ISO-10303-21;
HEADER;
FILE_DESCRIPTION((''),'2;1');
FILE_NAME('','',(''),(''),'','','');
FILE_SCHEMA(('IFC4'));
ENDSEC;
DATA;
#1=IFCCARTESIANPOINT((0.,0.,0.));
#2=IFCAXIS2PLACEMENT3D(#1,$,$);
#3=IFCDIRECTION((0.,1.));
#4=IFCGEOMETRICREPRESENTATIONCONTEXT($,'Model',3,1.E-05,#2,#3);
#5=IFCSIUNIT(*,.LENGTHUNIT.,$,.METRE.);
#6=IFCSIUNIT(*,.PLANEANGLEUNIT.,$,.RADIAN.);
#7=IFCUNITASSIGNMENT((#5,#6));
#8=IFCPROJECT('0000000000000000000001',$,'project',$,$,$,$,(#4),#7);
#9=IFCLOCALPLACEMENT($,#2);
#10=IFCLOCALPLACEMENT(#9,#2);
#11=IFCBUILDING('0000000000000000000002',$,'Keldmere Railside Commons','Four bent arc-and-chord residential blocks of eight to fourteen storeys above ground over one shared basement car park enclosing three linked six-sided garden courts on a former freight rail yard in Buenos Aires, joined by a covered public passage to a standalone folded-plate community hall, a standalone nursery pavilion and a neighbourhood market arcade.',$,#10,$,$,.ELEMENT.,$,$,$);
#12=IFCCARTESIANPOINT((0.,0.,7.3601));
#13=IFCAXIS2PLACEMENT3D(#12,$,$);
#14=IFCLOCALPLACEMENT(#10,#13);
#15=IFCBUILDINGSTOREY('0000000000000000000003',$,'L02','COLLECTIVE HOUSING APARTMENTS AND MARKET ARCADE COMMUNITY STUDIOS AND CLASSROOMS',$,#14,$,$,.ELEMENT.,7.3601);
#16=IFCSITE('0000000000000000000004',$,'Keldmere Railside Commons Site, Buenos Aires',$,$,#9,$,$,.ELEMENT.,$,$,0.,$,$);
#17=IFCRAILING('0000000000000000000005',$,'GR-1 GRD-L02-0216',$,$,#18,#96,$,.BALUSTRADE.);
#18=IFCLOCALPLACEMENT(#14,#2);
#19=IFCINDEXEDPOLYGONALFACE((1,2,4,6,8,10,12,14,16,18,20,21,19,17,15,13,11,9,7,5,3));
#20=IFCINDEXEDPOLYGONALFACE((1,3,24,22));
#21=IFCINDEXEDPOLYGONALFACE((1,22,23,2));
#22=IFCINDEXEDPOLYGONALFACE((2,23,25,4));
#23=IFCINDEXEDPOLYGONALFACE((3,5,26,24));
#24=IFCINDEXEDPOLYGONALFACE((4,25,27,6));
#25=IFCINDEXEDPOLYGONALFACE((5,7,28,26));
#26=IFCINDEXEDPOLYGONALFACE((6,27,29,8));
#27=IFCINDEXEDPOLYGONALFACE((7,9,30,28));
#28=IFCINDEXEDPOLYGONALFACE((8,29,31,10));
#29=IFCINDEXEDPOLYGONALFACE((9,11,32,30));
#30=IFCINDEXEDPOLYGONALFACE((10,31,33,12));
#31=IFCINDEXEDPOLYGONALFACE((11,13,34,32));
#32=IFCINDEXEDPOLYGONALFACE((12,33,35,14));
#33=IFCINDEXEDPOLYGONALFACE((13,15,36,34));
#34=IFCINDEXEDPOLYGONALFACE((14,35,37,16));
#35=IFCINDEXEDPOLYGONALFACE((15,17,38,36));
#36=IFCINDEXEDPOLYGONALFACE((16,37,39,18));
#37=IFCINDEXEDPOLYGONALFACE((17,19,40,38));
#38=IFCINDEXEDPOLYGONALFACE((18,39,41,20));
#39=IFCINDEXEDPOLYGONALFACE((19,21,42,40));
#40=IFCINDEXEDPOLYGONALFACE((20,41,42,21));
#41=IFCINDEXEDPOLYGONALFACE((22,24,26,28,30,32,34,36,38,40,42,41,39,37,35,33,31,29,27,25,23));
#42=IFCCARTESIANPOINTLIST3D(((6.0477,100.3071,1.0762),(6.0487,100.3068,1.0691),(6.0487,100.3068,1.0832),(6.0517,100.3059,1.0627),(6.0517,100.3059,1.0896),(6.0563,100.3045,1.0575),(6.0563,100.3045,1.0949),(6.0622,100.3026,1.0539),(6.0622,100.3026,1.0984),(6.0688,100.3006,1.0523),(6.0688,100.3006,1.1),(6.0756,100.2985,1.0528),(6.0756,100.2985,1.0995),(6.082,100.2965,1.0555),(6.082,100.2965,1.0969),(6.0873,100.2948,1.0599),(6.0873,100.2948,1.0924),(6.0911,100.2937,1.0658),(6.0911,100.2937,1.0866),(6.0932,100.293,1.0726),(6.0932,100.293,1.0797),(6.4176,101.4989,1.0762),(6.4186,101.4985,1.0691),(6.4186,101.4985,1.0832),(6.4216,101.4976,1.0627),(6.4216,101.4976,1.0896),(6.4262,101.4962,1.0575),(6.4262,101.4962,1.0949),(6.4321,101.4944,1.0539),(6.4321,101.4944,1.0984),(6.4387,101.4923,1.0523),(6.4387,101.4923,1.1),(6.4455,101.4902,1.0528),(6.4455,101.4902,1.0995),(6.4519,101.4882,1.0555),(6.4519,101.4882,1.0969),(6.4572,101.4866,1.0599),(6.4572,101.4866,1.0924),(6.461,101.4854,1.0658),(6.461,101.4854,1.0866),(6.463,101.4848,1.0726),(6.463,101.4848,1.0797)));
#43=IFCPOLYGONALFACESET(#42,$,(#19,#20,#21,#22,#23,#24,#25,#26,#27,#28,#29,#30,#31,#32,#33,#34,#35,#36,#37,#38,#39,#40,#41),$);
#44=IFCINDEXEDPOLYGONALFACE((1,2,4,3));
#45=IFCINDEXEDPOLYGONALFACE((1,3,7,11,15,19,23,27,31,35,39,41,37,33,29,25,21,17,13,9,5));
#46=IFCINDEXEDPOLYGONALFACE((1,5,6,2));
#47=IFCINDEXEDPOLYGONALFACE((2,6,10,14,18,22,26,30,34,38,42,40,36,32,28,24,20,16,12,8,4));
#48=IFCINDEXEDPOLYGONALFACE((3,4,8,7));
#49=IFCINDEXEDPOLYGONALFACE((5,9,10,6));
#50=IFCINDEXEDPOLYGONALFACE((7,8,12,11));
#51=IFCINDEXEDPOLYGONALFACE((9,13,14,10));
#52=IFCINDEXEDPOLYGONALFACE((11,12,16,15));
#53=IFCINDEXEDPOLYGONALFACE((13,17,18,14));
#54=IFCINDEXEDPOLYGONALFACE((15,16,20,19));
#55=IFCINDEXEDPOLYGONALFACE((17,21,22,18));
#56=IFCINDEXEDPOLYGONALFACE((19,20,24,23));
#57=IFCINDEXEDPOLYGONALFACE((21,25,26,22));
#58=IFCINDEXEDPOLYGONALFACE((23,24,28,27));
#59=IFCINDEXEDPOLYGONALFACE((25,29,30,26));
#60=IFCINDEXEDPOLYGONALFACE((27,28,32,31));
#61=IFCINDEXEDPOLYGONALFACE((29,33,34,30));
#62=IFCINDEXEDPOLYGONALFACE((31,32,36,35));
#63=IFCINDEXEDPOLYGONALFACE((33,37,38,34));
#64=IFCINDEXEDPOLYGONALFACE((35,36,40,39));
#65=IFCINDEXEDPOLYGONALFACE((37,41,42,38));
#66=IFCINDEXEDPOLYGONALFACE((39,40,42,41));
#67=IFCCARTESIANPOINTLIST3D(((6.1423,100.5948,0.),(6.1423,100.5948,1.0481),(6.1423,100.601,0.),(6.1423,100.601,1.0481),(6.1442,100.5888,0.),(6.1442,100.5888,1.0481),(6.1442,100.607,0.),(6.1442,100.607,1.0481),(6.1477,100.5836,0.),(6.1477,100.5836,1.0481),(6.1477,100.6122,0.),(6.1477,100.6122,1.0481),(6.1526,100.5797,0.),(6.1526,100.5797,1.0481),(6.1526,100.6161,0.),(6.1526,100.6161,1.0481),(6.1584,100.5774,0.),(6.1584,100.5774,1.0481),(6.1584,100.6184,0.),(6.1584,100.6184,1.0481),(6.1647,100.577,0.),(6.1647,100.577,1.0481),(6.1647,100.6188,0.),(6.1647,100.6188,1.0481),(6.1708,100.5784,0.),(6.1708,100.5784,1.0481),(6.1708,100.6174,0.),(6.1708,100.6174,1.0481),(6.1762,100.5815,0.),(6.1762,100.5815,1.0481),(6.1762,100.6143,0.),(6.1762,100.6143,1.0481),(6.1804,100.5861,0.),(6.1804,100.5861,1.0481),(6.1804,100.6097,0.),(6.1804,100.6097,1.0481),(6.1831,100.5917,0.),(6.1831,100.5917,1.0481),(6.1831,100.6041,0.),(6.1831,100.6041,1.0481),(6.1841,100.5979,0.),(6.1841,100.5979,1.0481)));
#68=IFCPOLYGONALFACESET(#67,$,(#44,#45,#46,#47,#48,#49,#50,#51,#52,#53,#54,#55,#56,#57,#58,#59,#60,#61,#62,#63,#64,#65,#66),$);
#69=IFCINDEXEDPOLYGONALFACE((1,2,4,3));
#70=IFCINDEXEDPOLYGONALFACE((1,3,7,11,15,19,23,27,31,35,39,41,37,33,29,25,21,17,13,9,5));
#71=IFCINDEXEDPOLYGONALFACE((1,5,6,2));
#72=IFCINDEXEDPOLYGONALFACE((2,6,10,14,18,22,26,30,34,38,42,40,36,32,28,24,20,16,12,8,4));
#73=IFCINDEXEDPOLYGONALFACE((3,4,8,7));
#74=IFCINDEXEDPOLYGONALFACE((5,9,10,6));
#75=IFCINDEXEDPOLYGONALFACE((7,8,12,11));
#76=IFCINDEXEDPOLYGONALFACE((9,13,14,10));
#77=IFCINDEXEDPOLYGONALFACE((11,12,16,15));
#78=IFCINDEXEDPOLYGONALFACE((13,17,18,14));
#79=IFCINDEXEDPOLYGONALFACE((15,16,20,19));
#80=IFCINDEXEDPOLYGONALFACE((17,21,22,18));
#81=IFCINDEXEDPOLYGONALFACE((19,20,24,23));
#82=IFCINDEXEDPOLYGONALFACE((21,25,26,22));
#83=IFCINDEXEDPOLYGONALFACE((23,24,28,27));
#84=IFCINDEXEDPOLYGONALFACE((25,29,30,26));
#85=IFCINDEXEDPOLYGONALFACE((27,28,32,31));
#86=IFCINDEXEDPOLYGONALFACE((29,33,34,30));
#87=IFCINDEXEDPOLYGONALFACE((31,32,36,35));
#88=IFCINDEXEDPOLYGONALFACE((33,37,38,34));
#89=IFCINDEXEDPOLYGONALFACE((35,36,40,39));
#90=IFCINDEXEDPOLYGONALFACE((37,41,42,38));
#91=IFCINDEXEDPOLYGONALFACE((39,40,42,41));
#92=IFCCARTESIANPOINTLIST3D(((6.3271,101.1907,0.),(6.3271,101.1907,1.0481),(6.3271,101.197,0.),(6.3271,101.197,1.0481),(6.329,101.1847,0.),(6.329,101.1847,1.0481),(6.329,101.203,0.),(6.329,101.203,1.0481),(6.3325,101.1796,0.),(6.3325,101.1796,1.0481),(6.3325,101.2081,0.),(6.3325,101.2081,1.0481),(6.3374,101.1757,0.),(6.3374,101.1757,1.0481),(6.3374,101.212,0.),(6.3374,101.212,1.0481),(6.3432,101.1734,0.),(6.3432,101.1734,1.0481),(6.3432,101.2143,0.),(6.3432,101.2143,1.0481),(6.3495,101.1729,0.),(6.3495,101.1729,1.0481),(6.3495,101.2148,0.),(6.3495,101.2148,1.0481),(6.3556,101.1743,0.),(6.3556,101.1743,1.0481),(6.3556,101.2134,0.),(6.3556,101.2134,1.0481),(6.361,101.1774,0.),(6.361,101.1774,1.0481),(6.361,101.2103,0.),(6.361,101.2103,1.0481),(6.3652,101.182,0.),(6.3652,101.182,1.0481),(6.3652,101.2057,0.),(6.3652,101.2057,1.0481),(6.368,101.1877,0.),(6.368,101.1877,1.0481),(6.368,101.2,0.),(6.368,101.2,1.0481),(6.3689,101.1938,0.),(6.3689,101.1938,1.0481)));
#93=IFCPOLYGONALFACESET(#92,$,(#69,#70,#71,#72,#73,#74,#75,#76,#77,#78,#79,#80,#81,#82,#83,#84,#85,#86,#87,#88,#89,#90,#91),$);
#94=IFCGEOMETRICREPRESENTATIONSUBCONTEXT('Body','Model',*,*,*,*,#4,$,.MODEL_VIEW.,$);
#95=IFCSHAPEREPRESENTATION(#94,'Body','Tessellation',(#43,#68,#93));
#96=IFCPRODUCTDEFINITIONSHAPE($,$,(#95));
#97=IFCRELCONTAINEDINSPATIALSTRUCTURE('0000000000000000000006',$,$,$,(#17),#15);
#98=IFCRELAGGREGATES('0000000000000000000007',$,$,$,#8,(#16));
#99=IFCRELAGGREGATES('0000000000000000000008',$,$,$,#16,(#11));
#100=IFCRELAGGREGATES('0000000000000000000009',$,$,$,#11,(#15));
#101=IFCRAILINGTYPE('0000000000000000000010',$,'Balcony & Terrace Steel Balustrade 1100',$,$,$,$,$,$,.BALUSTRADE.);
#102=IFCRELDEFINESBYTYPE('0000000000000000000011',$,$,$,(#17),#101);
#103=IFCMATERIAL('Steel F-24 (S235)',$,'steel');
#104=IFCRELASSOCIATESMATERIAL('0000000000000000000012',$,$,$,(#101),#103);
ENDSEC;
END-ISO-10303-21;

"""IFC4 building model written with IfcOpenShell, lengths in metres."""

from ifc_helpers import new_model, si_unit, direction, frame, origin, origin_2d, place, context, subcontext, project, spatial, circle, extrude, material, type_object, element, save


model = new_model("IFC4")

# Units and contexts
model_context = context("Model", 3, precision=1e-05, world=origin(), true_north=direction((0.0, 1.0)))
body_context = subcontext(model_context, "Body", "Model", "MODEL_VIEW")
ifc_project = project(units=[si_unit("LENGTHUNIT", "METRE"), si_unit("PLANEANGLEUNIT", "RADIAN")], contexts=[model_context])

# Site, building, storey
site_placement = place(None, origin())
site = spatial("IfcSite", under=ifc_project, at=site_placement, Name="Keldmere Railside Commons Site, Buenos Aires", CompositionType="ELEMENT", RefElevation=0.0)
building_placement = place(site_placement, origin())
building = spatial("IfcBuilding", under=site, at=building_placement, Name="Keldmere Railside Commons", Description="Four bent arc-and-chord residential blocks of eight to fourteen storeys above ground over one shared basement car park enclosing three linked six-sided garden courts on a former freight rail yard in Buenos Aires, joined by a covered public passage to a standalone folded-plate community hall, a standalone nursery pavilion and a neighbourhood market arcade.", CompositionType="ELEMENT")
storey_placement = place(building_placement, frame((0.0, 0.0, 7.3601)))
storey = spatial("IfcBuildingStorey", under=building, at=storey_placement, Name="L02", Description="COLLECTIVE HOUSING APARTMENTS AND MARKET ARCADE COMMUNITY STUDIOS AND CLASSROOMS", CompositionType="ELEMENT", Elevation=7.3601)

# Railing
ifc_material_1 = material(Name="Steel F-24 (S235)", Category="steel")
railing_type = type_object("IfcRailingType", Name="Balcony & Terrace Steel Balustrade 1100", PredefinedType="BALUSTRADE", material=ifc_material_1)
railing_1_placement = place(storey_placement, frame((6.0706, 100.3, 0.0)))
element("IfcRailing", 1, at=railing_1_placement, inside=storey, type_object=railing_type, Name="GR-1 GRD-L02-0216", PredefinedType="BALUSTRADE", context=body_context, shape_type="SweptSolid", body=[
    extrude(circle(Radius=0.0239, at=origin_2d()), frame((0.0, 0.0, 1.0762), z_axis=(0.296436, 0.955053, 0.0), x_axis=(-0.955053, 0.296436, 0.0)), (0.0, 0.0, 1.0), 1.2478),
    extrude(circle(Radius=0.021, at=origin_2d()), frame((0.0925, 0.2979, 0.0)), (0.0, 0.0, 1.0), 1.0481),
    extrude(circle(Radius=0.021, at=origin_2d()), frame((0.2773, 0.8938, 0.0)), (0.0, 0.0, 1.0), 1.0481),
])

save(model, "model.ifc")
